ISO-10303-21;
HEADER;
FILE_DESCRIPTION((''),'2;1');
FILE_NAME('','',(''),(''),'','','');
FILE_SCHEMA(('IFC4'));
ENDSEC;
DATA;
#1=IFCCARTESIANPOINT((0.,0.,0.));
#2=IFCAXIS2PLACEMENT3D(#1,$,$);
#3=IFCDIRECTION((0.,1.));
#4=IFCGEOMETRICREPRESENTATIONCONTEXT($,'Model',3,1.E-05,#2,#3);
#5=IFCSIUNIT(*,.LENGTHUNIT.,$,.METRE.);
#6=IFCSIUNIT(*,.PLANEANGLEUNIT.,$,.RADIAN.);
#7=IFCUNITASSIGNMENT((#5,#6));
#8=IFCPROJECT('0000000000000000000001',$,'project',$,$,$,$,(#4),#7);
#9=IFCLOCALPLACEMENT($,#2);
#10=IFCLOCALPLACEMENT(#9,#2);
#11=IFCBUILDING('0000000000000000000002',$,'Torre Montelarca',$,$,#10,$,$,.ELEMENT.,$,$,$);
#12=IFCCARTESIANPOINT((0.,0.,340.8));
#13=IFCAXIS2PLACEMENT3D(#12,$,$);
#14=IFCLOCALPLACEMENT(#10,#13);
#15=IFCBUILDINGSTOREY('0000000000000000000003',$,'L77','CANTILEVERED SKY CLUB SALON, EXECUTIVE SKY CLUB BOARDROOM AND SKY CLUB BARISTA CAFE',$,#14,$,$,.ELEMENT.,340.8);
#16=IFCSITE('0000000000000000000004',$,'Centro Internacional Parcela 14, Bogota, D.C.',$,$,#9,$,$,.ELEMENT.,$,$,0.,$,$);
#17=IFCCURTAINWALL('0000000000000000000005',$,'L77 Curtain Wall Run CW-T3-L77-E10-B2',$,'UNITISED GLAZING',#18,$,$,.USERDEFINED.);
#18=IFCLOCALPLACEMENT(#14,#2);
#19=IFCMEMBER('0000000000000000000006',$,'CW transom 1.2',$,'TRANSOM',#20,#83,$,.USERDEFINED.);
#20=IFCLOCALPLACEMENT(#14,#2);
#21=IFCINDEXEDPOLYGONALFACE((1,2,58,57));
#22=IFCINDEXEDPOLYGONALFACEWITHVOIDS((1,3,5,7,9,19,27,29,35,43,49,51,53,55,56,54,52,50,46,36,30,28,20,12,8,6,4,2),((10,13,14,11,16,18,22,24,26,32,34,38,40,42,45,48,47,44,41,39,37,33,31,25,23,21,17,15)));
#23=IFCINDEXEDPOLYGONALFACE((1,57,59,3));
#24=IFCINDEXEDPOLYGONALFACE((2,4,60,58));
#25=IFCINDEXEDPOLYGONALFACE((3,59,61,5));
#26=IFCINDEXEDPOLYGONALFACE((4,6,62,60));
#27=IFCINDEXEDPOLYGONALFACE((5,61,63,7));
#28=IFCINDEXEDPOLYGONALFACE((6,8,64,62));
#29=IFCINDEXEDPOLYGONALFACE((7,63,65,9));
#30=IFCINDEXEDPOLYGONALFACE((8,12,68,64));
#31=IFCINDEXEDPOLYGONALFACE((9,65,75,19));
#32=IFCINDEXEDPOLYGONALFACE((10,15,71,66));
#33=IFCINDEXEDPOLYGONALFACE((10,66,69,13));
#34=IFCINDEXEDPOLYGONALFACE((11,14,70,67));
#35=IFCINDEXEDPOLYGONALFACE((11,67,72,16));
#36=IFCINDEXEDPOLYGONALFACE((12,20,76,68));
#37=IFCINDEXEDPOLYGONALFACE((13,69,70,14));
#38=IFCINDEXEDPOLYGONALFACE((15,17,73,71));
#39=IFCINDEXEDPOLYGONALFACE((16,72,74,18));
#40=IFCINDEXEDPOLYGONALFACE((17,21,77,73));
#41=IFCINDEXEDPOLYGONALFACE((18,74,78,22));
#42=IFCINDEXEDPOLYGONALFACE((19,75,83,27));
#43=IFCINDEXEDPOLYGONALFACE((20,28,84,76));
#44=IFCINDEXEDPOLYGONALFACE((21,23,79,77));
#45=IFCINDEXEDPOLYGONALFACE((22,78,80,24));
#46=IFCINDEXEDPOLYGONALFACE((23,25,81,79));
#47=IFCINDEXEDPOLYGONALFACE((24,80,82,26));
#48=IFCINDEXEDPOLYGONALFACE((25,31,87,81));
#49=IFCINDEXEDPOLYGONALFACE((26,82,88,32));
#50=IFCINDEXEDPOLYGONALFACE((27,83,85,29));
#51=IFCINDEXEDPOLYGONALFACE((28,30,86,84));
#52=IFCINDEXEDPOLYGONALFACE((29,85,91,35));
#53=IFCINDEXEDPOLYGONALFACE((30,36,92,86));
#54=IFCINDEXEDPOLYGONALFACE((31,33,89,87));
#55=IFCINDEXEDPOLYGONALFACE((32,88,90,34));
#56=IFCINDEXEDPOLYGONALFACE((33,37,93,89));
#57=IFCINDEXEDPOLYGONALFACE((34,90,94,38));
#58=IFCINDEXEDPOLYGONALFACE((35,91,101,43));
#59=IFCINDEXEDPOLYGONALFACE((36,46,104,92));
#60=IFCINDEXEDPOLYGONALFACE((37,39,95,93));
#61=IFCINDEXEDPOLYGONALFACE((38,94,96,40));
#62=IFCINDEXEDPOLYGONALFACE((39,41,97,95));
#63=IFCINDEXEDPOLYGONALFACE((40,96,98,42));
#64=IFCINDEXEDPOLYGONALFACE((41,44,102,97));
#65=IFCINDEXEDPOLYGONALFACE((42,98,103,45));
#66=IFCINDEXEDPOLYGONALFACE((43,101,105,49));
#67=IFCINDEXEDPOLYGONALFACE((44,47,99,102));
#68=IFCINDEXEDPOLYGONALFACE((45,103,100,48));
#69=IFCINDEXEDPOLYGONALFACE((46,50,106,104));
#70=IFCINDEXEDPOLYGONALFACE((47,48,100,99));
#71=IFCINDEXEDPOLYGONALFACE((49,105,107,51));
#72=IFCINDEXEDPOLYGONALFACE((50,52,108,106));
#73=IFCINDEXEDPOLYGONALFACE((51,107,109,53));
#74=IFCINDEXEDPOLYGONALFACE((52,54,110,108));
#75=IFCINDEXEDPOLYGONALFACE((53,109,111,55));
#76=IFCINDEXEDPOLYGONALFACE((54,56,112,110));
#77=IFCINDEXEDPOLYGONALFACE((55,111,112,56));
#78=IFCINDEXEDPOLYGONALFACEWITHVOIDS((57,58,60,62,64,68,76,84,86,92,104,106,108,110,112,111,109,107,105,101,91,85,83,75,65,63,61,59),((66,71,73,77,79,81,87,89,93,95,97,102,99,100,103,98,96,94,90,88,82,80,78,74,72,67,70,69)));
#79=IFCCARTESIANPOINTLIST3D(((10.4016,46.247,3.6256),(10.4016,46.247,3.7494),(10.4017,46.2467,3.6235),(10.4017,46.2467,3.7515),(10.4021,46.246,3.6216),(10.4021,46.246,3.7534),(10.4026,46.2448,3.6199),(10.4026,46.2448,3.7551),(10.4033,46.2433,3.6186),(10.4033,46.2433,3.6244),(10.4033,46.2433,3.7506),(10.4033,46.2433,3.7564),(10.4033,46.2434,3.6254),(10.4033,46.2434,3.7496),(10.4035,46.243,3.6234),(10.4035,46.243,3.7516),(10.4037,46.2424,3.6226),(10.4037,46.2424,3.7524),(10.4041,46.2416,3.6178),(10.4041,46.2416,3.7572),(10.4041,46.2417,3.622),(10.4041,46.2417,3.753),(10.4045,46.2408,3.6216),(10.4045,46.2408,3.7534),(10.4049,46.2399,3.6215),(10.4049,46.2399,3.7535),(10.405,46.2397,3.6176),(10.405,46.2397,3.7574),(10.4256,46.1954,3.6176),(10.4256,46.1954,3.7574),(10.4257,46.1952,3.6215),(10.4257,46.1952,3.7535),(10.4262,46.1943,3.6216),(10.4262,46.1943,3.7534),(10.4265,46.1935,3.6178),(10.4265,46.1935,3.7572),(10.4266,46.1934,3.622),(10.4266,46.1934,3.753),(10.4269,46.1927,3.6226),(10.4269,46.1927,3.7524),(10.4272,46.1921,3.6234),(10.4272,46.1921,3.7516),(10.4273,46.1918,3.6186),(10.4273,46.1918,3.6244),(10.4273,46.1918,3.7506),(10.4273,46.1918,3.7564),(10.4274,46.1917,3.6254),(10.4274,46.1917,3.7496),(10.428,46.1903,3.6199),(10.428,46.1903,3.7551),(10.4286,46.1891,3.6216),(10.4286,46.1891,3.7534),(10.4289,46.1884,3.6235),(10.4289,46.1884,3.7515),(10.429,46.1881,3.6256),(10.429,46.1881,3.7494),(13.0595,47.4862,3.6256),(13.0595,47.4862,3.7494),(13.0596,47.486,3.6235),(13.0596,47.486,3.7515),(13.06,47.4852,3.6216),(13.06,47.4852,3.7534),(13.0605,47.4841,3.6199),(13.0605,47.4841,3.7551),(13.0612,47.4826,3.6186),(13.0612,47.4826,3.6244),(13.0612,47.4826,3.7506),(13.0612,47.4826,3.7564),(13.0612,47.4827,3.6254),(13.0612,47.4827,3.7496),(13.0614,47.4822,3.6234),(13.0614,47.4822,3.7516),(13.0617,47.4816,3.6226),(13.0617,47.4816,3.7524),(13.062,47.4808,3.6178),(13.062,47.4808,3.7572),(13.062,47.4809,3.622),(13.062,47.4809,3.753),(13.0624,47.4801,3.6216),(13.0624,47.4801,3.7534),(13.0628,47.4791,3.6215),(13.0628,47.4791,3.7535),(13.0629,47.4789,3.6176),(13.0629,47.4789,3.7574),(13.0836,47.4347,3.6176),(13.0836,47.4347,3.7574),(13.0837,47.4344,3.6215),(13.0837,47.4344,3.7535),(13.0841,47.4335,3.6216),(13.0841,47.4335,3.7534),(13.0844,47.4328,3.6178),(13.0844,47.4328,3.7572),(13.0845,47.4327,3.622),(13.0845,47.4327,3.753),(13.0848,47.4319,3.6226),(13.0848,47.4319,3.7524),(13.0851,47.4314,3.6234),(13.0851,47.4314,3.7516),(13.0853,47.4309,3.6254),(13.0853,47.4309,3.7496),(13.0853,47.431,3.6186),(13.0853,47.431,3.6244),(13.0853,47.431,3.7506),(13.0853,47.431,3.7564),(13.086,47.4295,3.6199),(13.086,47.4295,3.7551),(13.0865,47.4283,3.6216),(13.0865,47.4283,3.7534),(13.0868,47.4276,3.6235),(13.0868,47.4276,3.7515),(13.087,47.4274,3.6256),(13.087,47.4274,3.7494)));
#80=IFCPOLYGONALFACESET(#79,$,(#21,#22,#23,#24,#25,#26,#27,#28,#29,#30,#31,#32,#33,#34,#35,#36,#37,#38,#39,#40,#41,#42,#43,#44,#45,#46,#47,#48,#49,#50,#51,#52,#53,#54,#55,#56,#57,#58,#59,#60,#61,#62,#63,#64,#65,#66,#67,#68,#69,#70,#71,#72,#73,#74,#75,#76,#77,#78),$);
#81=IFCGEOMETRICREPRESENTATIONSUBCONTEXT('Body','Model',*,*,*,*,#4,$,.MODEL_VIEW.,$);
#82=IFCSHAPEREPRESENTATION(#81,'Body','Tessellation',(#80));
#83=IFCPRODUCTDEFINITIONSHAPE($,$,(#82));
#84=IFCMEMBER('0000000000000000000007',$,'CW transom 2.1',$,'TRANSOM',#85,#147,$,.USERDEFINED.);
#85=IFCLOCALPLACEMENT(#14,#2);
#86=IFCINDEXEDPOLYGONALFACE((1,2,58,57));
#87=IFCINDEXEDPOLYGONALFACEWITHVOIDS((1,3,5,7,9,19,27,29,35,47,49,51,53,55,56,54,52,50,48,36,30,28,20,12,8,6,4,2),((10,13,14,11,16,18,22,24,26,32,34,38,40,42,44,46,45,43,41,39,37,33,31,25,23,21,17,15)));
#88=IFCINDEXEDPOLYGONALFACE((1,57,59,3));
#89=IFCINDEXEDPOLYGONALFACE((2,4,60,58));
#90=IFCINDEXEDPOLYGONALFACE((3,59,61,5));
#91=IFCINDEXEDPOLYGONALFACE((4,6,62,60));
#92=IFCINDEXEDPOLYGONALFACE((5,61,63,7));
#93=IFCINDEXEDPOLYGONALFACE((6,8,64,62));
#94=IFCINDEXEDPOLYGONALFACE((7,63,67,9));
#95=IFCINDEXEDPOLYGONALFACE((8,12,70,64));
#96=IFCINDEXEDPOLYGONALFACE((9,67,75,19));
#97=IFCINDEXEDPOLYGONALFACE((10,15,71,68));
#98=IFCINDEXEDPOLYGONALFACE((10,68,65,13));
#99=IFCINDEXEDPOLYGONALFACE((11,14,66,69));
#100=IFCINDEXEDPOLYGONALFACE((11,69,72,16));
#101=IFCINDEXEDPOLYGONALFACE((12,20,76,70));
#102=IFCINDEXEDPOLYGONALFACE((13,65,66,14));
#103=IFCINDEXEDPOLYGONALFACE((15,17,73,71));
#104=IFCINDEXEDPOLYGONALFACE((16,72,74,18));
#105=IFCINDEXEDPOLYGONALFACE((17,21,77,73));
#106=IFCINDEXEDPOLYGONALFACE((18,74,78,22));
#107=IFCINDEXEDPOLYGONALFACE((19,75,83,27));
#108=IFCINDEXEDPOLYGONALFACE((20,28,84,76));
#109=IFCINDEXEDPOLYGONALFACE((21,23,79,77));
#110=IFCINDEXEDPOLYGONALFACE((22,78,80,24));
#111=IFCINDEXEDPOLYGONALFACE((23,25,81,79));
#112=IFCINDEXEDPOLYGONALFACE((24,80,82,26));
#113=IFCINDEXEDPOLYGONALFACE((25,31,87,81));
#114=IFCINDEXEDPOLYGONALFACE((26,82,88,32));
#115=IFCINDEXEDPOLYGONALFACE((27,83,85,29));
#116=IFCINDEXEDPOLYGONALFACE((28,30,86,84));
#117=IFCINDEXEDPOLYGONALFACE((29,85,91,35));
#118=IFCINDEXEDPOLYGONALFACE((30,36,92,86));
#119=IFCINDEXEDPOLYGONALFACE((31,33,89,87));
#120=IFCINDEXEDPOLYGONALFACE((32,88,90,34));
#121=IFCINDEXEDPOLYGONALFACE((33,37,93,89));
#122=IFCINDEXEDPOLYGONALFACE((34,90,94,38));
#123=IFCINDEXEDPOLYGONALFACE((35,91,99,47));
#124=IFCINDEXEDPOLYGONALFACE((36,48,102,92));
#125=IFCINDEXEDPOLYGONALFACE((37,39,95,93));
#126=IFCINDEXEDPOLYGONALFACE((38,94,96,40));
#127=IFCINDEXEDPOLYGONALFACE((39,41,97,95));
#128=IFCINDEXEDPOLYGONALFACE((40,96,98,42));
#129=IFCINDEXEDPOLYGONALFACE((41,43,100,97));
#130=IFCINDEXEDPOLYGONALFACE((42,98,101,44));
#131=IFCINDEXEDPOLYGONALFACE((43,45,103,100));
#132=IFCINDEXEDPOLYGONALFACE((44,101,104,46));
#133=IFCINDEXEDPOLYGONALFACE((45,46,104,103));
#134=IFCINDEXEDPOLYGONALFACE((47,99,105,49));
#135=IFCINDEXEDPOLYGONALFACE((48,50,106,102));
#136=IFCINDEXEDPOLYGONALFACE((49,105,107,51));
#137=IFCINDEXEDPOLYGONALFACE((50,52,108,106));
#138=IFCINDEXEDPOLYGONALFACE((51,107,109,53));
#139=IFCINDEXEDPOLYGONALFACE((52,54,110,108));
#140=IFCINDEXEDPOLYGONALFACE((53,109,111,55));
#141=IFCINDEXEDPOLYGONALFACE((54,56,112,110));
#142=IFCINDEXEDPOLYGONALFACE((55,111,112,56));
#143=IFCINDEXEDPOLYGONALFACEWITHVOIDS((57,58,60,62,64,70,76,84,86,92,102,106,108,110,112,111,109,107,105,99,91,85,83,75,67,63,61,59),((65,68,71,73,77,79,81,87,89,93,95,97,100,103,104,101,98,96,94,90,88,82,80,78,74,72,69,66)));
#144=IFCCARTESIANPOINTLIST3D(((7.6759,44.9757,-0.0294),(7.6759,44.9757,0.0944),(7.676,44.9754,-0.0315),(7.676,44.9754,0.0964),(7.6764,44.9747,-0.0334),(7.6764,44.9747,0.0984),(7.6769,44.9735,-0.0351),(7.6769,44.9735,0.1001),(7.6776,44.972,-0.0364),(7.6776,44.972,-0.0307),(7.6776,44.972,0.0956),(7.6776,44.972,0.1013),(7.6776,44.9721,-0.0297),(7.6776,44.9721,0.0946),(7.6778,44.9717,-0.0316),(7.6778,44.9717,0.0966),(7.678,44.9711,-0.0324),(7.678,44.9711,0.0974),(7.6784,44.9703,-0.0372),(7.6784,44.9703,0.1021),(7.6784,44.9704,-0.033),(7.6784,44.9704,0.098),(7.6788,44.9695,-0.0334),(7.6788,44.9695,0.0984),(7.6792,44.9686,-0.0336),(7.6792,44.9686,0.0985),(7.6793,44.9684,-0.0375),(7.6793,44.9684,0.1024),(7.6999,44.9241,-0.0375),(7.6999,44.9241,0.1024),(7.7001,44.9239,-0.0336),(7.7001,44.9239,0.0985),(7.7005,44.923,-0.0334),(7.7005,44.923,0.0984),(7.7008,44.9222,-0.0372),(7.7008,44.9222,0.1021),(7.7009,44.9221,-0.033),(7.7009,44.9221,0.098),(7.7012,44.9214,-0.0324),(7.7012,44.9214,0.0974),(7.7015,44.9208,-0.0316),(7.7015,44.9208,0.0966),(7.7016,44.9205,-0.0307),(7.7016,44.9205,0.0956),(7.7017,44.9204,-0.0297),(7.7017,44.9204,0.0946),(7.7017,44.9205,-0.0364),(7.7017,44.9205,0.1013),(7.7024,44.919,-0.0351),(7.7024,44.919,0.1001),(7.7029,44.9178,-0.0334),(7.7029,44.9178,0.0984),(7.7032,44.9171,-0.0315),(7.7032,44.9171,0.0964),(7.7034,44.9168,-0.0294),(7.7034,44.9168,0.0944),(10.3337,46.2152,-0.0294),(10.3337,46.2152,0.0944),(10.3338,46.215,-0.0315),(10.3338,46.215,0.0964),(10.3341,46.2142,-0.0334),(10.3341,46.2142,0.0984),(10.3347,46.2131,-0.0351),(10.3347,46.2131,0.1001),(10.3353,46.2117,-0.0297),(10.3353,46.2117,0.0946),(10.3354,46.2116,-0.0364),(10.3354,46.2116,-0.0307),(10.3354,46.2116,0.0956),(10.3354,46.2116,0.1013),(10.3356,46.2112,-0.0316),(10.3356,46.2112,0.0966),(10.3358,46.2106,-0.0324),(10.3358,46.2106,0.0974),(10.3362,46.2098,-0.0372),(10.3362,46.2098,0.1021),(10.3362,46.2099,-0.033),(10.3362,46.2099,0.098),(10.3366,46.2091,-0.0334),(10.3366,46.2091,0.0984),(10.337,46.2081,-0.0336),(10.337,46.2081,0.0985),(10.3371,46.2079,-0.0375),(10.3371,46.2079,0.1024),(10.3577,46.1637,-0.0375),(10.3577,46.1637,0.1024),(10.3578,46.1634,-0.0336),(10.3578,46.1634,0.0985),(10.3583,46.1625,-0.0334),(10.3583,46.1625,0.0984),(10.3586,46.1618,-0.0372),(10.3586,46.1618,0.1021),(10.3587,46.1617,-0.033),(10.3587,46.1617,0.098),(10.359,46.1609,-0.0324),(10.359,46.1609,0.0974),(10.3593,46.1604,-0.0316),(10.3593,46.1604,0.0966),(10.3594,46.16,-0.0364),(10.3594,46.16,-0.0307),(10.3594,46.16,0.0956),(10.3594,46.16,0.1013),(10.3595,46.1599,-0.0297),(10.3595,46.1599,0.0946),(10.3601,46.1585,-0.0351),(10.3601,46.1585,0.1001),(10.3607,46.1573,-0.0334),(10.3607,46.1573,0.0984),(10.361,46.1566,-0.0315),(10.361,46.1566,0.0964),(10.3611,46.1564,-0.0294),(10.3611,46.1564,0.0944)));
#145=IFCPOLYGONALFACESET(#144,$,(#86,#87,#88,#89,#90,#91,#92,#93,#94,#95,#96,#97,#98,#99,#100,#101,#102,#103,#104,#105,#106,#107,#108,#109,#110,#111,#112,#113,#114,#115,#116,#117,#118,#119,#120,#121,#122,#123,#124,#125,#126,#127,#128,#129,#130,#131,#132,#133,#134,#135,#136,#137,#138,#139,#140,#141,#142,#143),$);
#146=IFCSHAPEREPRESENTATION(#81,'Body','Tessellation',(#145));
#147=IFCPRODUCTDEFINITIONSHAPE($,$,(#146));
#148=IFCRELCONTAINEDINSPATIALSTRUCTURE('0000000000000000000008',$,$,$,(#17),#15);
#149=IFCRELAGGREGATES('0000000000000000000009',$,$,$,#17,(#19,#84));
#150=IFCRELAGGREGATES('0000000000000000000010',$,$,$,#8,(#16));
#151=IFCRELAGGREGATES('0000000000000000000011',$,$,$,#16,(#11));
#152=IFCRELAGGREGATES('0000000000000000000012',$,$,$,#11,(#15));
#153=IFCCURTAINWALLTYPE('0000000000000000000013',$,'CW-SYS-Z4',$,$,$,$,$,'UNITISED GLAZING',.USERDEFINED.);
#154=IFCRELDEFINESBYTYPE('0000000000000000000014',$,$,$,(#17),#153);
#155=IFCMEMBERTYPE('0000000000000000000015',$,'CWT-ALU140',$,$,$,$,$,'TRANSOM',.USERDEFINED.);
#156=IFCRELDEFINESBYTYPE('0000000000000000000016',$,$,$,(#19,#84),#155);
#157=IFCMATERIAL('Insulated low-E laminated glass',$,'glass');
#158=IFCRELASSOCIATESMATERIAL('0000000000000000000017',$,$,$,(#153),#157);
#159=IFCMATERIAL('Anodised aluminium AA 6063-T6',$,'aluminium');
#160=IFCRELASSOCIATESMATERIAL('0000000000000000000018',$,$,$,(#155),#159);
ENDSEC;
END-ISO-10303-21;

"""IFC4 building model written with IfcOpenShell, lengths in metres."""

from ifc_helpers import new_model, si_unit, direction, frame, origin, origin_2d, place, context, subcontext, project, spatial, hollow_rectangle, extrude, source, transform, mapped, material, material_profile, profile_set, type_object, element, aggregate, save


model = new_model("IFC4")

# Units and contexts
model_context = context("Model", 3, precision=1e-05, world=origin(), true_north=direction((0.0, 1.0)))
body_context = subcontext(model_context, "Body", "Model", "MODEL_VIEW")
ifc_project = project(units=[si_unit("LENGTHUNIT", "METRE"), si_unit("PLANEANGLEUNIT", "RADIAN")], contexts=[model_context])

# Site, building, storey
site_placement = place(None, origin())
site = spatial("IfcSite", under=ifc_project, at=site_placement, Name="Centro Internacional Parcela 14, Bogota, D.C.", CompositionType="ELEMENT", RefElevation=0.0)
building_placement = place(site_placement, origin())
building = spatial("IfcBuilding", under=site, at=building_placement, Name="Torre Montelarca", CompositionType="ELEMENT")
storey_placement = place(building_placement, frame((0.0, 0.0, 340.8)))
storey = spatial("IfcBuildingStorey", under=building, at=storey_placement, Name="L77", Description="CANTILEVERED SKY CLUB SALON, EXECUTIVE SKY CLUB BOARDROOM AND SKY CLUB BARISTA CAFE", CompositionType="ELEMENT", Elevation=340.8)

# Curtain wall
ifc_material_1 = material(Name="Insulated low-E laminated glass", Category="glass")
curtain_wall_type = type_object("IfcCurtainWallType", Name="CW-SYS-Z4", ElementType="UNITISED GLAZING", PredefinedType="USERDEFINED", material=ifc_material_1)
curtain_wall_1_placement = place(storey_placement, origin())
curtain_wall_1 = element("IfcCurtainWall", 1, at=curtain_wall_1_placement, inside=storey, type_object=curtain_wall_type, Name="L77 Curtain Wall Run CW-T3-L77-E10-B2", ObjectType="UNITISED GLAZING", PredefinedType="USERDEFINED")
ifc_material_2 = material(Name="Anodised aluminium AA 6063-T6", Category="aluminium")
ifc_material_profile_1 = material_profile(ifc_material_2, hollow_rectangle(XDim=0.0649, YDim=0.1399, WallThickness=0.0039, InnerFilletRadius=0.0039, OuterFilletRadius=0.0081, at=origin_2d()), Name="ALU65X140X4", Category="aluminium")
ifc_profile_set_1 = profile_set([ifc_material_profile_1], Name="Anodised aluminium AA 6063-T6")
member_type_1 = type_object("IfcMemberType", Name="CWT-ALU140", ElementType="TRANSOM", PredefinedType="USERDEFINED", material=ifc_profile_set_1)

# Members
shared_shape_1 = source(origin(), body_context, "Body", "SweptSolid", [
    extrude(hollow_rectangle(XDim=0.0649, YDim=0.1399, WallThickness=0.0039, InnerFilletRadius=0.0039, OuterFilletRadius=0.0081, at=origin_2d()), origin(), (0.0, 0.0, 1.0), 2.9326),
])
member_1_placement = place(storey_placement, frame((13.0732, 47.4568, 3.6875), z_axis=(-0.90633, -0.422571, 0.0), x_axis=(0.422571, -0.90633, 0.0)))
member_1 = element("IfcMember", 2, at=member_1_placement, type_object=member_type_1, Name="CW transom 1.2", ObjectType="TRANSOM", PredefinedType="USERDEFINED", context=body_context, shape_type="MappedRepresentation", body=[
    mapped(shared_shape_1, transform((0.0, 0.0, 0.0), scale=1.0)),
])
member_2_placement = place(storey_placement, frame((10.3474, 46.1858, 0.0325), z_axis=(-0.906283, -0.422671, 0.0), x_axis=(0.422671, -0.906283, 0.0)))
member_2 = element("IfcMember", 3, at=member_2_placement, type_object=member_type_1, Name="CW transom 2.1", ObjectType="TRANSOM", PredefinedType="USERDEFINED", context=body_context, shape_type="MappedRepresentation", body=[
    mapped(shared_shape_1, transform((0.0, 0.0, 0.0), scale=1.0)),
])

aggregate(curtain_wall_1, [member_1, member_2])

save(model, "model.ifc")
